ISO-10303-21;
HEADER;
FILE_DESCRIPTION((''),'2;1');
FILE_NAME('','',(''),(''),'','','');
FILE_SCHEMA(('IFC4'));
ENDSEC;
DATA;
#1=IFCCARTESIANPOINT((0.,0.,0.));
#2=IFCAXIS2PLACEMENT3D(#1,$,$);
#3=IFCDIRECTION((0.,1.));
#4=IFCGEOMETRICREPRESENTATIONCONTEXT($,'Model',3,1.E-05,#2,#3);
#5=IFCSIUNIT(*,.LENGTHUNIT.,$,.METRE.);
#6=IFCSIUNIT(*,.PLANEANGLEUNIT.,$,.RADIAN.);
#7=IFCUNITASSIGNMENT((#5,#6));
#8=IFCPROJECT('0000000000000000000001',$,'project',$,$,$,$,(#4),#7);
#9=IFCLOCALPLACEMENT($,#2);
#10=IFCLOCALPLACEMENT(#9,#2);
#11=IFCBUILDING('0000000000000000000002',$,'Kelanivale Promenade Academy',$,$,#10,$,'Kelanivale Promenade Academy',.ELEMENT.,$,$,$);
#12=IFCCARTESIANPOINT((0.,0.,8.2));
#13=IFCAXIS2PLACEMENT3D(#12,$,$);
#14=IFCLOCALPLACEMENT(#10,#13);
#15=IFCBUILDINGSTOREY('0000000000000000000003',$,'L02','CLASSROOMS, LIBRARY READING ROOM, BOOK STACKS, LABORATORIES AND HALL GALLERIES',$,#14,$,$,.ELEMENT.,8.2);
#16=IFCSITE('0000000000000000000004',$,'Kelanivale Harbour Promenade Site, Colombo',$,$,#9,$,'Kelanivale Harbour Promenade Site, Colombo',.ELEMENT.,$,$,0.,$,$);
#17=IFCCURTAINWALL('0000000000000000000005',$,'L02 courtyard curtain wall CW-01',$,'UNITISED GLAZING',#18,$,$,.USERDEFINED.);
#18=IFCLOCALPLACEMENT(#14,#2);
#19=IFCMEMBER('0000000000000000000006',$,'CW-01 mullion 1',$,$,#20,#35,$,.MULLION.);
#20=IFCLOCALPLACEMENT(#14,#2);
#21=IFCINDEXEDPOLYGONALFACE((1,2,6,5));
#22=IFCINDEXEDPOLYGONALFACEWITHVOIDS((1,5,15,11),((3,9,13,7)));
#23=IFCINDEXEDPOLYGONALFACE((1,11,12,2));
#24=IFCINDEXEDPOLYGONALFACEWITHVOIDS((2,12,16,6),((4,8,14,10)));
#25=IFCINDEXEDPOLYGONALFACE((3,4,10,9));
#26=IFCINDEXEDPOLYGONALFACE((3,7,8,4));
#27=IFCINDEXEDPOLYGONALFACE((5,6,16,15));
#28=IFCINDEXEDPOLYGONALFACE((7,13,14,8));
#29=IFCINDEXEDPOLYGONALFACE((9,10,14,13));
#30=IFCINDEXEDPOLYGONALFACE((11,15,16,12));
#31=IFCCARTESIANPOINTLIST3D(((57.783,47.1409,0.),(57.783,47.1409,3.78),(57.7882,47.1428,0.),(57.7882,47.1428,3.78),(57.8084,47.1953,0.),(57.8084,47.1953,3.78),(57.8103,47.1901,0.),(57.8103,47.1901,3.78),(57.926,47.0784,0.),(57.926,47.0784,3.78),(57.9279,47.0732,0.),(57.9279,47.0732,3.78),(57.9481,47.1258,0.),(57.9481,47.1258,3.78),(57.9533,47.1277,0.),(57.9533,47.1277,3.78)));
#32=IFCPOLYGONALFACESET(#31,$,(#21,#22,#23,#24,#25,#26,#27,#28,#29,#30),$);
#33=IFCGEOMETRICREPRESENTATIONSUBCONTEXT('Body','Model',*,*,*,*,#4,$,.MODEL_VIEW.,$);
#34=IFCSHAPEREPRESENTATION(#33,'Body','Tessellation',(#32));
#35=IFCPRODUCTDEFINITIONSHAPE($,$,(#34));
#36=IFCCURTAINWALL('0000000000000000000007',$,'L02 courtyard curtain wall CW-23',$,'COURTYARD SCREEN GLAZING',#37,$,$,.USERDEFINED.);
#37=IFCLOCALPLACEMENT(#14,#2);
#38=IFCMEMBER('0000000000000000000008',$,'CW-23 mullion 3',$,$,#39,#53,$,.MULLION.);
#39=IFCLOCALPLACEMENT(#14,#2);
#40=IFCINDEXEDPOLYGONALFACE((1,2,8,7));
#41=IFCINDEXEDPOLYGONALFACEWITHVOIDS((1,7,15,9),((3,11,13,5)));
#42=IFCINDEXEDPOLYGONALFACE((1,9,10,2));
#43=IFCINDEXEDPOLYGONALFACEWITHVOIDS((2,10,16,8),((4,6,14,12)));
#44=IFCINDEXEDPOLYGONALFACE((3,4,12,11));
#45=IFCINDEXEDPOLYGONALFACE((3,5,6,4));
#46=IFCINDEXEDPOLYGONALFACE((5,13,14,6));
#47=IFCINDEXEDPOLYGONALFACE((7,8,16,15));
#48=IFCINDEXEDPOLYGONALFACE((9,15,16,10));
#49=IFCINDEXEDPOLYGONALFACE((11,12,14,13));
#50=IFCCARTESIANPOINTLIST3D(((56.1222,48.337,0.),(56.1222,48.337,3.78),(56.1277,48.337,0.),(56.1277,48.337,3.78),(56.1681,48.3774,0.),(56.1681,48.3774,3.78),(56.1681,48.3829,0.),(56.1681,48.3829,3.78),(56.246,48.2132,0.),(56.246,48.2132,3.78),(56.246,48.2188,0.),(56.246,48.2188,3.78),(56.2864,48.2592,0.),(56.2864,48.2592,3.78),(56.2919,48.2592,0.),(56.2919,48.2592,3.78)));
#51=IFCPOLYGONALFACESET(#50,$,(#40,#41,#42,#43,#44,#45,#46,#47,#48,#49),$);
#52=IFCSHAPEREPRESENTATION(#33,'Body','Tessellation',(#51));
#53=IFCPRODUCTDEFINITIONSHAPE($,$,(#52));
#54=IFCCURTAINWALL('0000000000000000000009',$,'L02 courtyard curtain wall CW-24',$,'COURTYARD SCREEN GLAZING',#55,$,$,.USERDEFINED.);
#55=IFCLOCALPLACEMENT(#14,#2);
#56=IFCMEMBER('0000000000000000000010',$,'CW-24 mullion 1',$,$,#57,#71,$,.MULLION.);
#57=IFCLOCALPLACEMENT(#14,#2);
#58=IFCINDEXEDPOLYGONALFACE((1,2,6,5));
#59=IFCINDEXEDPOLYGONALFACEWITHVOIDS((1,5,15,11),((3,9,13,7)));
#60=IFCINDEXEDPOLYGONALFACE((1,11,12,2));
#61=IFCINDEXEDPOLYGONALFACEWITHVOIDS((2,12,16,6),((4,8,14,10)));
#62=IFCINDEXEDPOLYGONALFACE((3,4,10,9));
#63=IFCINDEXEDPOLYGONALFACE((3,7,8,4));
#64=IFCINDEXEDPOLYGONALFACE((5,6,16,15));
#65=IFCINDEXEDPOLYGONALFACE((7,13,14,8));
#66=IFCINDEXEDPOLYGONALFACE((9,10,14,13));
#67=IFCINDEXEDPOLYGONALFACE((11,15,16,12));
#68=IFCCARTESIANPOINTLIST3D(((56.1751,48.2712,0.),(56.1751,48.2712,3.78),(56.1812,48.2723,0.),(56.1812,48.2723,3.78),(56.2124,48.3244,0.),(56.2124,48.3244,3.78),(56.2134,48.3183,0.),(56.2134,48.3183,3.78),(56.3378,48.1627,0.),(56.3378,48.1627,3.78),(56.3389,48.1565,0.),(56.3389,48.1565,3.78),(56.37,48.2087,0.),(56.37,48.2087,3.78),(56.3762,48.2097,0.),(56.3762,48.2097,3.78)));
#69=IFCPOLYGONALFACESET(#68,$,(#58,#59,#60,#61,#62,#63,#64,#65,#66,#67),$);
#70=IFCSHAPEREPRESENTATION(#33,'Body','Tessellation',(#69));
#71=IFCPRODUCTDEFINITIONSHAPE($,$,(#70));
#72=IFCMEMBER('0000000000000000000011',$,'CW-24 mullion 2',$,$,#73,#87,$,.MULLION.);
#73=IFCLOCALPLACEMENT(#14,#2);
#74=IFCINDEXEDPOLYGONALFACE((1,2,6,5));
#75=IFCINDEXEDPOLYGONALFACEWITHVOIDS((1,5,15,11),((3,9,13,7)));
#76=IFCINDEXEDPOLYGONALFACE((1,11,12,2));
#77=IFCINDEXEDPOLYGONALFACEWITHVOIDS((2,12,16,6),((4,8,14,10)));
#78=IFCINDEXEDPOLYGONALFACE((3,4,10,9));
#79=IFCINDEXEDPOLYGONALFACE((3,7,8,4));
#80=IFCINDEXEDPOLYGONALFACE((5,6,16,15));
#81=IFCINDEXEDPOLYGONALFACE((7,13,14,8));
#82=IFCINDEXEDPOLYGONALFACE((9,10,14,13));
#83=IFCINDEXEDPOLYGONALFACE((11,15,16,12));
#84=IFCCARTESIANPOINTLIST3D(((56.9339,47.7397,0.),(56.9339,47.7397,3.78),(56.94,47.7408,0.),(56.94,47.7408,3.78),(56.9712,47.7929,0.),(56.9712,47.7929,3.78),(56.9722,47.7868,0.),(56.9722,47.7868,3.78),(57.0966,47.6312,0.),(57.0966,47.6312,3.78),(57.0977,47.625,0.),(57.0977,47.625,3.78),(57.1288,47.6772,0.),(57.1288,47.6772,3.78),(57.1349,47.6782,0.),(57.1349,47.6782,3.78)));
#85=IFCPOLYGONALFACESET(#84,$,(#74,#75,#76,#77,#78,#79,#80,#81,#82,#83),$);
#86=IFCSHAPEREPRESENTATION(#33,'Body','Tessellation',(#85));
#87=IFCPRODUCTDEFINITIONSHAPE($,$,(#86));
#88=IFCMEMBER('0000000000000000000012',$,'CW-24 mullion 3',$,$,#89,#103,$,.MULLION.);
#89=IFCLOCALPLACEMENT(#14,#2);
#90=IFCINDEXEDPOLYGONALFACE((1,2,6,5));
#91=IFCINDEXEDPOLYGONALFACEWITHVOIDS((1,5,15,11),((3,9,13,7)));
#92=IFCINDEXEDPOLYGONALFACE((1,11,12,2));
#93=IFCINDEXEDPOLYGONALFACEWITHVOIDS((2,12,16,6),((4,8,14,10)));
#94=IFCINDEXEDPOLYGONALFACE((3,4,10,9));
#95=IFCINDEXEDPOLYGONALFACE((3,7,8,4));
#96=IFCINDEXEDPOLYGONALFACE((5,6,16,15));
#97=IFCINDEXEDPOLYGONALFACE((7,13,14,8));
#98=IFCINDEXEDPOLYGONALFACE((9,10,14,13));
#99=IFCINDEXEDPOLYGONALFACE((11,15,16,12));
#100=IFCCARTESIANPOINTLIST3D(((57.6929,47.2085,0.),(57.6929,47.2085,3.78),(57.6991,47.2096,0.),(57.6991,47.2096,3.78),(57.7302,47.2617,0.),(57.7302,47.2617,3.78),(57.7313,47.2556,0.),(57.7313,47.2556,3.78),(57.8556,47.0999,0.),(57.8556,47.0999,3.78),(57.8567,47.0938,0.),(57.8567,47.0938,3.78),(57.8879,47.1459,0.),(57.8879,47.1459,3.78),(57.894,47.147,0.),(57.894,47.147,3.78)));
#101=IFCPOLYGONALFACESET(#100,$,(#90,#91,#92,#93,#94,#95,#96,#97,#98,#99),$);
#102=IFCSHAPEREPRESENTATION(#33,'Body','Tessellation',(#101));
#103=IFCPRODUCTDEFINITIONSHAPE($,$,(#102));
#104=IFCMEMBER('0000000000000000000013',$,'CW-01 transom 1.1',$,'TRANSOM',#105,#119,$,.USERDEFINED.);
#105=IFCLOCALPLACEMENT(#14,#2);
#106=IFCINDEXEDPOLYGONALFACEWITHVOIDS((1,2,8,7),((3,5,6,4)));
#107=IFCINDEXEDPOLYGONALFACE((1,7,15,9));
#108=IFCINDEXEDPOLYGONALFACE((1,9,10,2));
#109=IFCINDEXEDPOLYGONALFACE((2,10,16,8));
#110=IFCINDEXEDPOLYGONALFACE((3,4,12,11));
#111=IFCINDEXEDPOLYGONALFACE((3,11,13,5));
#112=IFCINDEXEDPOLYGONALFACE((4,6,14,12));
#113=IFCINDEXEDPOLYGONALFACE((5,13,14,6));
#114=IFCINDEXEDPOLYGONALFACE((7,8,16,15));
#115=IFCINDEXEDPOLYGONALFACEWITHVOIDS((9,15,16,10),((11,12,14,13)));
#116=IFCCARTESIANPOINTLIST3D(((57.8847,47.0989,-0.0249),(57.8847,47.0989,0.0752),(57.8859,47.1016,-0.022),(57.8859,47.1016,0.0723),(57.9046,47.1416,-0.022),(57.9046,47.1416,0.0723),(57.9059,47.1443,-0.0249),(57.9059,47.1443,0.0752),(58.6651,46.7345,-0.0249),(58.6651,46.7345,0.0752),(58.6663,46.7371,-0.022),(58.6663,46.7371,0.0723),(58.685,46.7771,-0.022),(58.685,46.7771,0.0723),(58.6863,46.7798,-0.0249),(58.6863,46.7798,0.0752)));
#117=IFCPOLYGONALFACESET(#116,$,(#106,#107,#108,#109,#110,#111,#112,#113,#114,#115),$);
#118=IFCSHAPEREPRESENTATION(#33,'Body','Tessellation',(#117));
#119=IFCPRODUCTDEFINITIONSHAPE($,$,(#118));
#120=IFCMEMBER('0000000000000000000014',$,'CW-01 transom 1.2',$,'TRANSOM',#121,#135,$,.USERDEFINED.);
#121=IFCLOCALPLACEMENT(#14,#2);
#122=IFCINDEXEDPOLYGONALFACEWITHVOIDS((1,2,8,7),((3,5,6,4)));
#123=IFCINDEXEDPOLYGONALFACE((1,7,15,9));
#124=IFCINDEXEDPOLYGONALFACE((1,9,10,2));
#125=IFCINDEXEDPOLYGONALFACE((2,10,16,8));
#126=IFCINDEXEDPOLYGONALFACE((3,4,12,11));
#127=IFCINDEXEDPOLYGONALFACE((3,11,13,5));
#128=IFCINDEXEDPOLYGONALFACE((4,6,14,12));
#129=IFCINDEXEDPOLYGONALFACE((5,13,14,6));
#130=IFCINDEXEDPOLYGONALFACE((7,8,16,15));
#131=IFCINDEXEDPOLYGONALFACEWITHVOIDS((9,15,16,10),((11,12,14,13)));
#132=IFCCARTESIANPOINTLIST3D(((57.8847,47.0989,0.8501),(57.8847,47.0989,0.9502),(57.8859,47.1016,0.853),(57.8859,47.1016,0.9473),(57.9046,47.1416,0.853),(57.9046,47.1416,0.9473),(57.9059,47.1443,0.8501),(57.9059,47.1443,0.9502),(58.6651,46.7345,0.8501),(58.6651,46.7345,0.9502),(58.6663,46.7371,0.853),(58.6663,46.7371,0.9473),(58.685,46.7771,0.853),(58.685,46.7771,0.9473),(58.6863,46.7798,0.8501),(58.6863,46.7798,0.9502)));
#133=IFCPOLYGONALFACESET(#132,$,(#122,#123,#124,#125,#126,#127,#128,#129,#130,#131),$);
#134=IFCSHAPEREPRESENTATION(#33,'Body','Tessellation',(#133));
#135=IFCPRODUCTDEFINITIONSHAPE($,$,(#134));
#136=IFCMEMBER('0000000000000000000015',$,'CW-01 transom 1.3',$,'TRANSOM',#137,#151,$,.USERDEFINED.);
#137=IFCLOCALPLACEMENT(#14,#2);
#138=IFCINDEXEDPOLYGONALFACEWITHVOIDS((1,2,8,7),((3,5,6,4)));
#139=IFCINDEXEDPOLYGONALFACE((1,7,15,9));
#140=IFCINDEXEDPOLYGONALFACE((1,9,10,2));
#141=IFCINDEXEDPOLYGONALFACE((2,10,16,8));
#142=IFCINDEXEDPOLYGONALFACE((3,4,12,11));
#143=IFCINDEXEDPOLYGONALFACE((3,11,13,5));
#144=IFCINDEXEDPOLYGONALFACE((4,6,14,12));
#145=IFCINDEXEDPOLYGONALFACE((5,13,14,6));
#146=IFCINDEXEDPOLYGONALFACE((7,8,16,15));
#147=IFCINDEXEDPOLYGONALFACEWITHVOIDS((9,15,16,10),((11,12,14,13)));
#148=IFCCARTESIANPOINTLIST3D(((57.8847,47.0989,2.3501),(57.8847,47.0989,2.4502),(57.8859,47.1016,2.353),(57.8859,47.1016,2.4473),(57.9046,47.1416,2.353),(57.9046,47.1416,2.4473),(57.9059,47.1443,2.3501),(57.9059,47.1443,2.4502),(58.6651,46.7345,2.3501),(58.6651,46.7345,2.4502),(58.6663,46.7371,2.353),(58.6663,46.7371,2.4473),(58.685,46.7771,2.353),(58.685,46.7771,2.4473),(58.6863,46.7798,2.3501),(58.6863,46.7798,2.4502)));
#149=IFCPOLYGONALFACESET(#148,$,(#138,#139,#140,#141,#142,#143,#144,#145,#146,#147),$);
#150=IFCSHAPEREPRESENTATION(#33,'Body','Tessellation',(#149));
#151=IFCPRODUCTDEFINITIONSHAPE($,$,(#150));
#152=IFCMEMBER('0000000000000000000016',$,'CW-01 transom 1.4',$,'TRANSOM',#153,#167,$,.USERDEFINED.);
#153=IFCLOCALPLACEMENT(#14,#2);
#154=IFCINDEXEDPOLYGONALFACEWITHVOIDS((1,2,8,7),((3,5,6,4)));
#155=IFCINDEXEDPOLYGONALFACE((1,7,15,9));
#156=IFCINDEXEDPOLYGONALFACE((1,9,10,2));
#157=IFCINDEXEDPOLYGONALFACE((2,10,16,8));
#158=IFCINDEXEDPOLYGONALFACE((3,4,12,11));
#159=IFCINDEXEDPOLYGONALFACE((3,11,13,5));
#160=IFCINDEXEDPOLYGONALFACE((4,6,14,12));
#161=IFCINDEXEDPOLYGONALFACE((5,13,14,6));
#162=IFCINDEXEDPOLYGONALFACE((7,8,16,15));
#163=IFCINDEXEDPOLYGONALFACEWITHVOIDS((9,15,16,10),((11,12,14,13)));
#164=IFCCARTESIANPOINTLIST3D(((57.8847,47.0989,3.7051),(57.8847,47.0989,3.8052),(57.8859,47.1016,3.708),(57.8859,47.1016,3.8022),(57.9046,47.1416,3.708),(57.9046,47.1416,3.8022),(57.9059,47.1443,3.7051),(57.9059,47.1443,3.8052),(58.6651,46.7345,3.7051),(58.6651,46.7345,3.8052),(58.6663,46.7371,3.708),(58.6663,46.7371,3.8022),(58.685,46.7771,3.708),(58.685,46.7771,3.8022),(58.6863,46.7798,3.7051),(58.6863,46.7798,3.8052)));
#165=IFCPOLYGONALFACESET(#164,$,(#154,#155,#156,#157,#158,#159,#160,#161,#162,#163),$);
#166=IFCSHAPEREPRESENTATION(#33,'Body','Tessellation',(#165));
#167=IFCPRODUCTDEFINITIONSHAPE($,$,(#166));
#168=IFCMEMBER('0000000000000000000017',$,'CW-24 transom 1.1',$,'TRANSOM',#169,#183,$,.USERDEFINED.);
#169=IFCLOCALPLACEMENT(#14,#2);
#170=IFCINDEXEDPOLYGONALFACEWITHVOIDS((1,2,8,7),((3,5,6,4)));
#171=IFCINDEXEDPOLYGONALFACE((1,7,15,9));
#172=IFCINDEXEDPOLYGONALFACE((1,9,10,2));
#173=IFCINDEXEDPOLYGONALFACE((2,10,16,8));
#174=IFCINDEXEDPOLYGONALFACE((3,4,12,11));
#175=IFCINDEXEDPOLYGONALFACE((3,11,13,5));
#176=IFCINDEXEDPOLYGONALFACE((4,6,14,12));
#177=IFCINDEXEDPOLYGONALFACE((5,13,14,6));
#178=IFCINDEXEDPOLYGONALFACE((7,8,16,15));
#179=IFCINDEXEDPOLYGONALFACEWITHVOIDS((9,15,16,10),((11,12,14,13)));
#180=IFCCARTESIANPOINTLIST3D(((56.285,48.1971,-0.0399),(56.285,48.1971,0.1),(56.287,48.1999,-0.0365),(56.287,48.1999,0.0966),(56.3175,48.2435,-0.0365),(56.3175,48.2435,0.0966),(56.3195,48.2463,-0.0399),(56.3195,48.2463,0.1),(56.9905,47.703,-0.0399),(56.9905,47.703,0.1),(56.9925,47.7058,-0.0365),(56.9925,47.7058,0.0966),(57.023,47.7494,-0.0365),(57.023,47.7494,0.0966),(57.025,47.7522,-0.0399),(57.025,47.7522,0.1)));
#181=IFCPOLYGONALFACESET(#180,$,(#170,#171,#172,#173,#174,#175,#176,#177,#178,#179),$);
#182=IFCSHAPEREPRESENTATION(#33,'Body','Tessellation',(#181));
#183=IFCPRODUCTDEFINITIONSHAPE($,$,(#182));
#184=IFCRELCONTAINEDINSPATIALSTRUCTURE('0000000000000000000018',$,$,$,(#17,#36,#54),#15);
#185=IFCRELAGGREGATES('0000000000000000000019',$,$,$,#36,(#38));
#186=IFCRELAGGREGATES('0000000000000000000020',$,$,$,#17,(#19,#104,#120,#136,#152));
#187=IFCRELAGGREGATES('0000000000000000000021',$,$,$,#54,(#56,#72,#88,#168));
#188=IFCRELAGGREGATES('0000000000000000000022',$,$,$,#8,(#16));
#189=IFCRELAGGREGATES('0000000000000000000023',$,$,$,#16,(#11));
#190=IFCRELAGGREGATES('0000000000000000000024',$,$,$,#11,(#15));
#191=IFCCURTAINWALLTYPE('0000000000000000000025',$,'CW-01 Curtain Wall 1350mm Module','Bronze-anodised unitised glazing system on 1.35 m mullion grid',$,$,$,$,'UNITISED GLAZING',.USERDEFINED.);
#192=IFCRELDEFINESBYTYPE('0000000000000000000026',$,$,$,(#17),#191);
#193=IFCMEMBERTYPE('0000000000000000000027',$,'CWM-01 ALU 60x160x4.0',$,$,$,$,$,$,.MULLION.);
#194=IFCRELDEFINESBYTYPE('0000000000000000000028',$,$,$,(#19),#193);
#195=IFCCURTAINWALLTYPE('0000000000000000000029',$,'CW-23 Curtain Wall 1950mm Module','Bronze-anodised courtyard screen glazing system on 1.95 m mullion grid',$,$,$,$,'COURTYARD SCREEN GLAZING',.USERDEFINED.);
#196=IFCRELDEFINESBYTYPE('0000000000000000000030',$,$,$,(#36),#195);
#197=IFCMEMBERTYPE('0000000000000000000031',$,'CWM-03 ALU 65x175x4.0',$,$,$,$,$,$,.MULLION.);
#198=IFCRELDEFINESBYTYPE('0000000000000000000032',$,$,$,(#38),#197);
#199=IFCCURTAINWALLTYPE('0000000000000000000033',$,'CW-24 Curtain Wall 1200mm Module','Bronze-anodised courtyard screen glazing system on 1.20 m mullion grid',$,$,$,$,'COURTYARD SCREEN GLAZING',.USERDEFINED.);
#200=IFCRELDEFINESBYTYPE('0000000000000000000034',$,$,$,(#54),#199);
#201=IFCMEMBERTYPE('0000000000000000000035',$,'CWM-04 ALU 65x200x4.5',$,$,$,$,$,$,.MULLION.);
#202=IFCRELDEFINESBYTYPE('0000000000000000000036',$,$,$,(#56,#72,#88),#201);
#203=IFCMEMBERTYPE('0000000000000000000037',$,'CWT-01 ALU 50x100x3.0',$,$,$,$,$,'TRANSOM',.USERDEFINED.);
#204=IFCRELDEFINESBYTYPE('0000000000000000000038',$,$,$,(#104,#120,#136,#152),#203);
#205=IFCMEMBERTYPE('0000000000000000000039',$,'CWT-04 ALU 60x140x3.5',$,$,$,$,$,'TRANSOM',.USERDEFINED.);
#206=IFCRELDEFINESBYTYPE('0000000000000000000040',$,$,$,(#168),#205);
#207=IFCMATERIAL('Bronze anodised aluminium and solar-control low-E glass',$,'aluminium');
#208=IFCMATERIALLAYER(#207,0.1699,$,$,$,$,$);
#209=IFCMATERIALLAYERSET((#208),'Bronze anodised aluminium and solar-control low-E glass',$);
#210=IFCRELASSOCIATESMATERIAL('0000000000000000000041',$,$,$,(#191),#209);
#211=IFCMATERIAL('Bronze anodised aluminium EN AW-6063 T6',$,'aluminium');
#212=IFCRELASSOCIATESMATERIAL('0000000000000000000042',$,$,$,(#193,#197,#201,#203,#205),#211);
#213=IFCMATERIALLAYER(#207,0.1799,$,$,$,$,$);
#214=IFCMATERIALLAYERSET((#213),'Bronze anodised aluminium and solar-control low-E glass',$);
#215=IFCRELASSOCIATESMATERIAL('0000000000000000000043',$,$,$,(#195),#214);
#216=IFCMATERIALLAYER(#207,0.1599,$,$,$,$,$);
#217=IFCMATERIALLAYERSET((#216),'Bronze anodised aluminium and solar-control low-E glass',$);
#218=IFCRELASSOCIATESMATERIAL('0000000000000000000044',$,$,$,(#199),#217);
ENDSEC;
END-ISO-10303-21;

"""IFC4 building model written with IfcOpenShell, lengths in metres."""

from ifc_helpers import new_model, si_unit, direction, frame, origin, origin_2d, place, context, subcontext, project, spatial, hollow_rectangle, extrude, material, layer, layer_set, material_profile, profile_set, type_object, element, aggregate, save


model = new_model("IFC4")

# Units and contexts
model_context = context("Model", 3, precision=1e-05, world=origin(), true_north=direction((0.0, 1.0)))
body_context = subcontext(model_context, "Body", "Model", "MODEL_VIEW")
ifc_project = project(units=[si_unit("LENGTHUNIT", "METRE"), si_unit("PLANEANGLEUNIT", "RADIAN")], contexts=[model_context])

# Site, building, storey
site_placement = place(None, origin())
site = spatial("IfcSite", under=ifc_project, at=site_placement, Name="Kelanivale Harbour Promenade Site, Colombo", LongName="Kelanivale Harbour Promenade Site, Colombo", CompositionType="ELEMENT", RefElevation=0.0)
building_placement = place(site_placement, origin())
building = spatial("IfcBuilding", under=site, at=building_placement, Name="Kelanivale Promenade Academy", LongName="Kelanivale Promenade Academy", CompositionType="ELEMENT")
storey_placement = place(building_placement, frame((0.0, 0.0, 8.2)))
storey = spatial("IfcBuildingStorey", under=building, at=storey_placement, Name="L02", Description="CLASSROOMS, LIBRARY READING ROOM, BOOK STACKS, LABORATORIES AND HALL GALLERIES", CompositionType="ELEMENT", Elevation=8.2)

# Curtain walls, members
ifc_material_1 = material(Name="Bronze anodised aluminium and solar-control low-E glass", Category="aluminium")
ifc_layer_1 = layer(ifc_material_1, 0.1699)
ifc_layer_set_1 = layer_set([ifc_layer_1], Name="Bronze anodised aluminium and solar-control low-E glass")
curtain_wall_type_1 = type_object("IfcCurtainWallType", Name="CW-01 Curtain Wall 1350mm Module", Description="Bronze-anodised unitised glazing system on 1.35 m mullion grid", ElementType="UNITISED GLAZING", PredefinedType="USERDEFINED", material=ifc_layer_set_1)
curtain_wall_1_placement = place(storey_placement, origin())
curtain_wall_1 = element("IfcCurtainWall", 1, at=curtain_wall_1_placement, inside=storey, type_object=curtain_wall_type_1, Name="L02 courtyard curtain wall CW-01", ObjectType="UNITISED GLAZING", PredefinedType="USERDEFINED")
ifc_material_2 = material(Name="Bronze anodised aluminium EN AW-6063 T6", Category="aluminium")
ifc_material_profile_1 = material_profile(ifc_material_2, hollow_rectangle(XDim=0.0601, YDim=0.1599, WallThickness=0.0039, at=origin_2d()), Name="ALU 60x160x4.0")
ifc_profile_set_1 = profile_set([ifc_material_profile_1], Name="Bronze anodised aluminium EN AW-6063 T6")
member_type_1 = type_object("IfcMemberType", Name="CWM-01 ALU 60x160x4.0", PredefinedType="MULLION", material=ifc_profile_set_1)
member_1_placement = place(storey_placement, frame((57.8682, 47.1343, 0.0), z_axis=(0.0, 0.0, 1.0), x_axis=(0.423087, 0.906089, 0.0)))
member_1 = element("IfcMember", 2, at=member_1_placement, type_object=member_type_1, Name="CW-01 mullion 1", PredefinedType="MULLION", context=body_context, shape_type="SweptSolid", body=[
    extrude(hollow_rectangle(XDim=0.0601, YDim=0.1599, WallThickness=0.0039, at=origin_2d()), origin(), (0.0, 0.0, 1.0), 3.78),
])
ifc_layer_2 = layer(ifc_material_1, 0.1799)
ifc_layer_set_2 = layer_set([ifc_layer_2], Name="Bronze anodised aluminium and solar-control low-E glass")
curtain_wall_type_2 = type_object("IfcCurtainWallType", Name="CW-23 Curtain Wall 1950mm Module", Description="Bronze-anodised courtyard screen glazing system on 1.95 m mullion grid", ElementType="COURTYARD SCREEN GLAZING", PredefinedType="USERDEFINED", material=ifc_layer_set_2)
curtain_wall_2_placement = place(storey_placement, origin())
curtain_wall_2 = element("IfcCurtainWall", 3, at=curtain_wall_2_placement, inside=storey, type_object=curtain_wall_type_2, Name="L02 courtyard curtain wall CW-23", ObjectType="COURTYARD SCREEN GLAZING", PredefinedType="USERDEFINED")
ifc_material_profile_2 = material_profile(ifc_material_2, hollow_rectangle(XDim=0.0649, YDim=0.175, WallThickness=0.0039, at=origin_2d()), Name="ALU 65x175x4.0")
ifc_profile_set_2 = profile_set([ifc_material_profile_2], Name="Bronze anodised aluminium EN AW-6063 T6")
member_type_2 = type_object("IfcMemberType", Name="CWM-03 ALU 65x175x4.0", PredefinedType="MULLION", material=ifc_profile_set_2)
member_2_placement = place(storey_placement, frame((56.207, 48.2981, 0.0), z_axis=(0.0, 0.0, 1.0), x_axis=(0.707107, 0.707107, 0.0)))
member_2 = element("IfcMember", 4, at=member_2_placement, type_object=member_type_2, Name="CW-23 mullion 3", PredefinedType="MULLION", context=body_context, shape_type="SweptSolid", body=[
    extrude(hollow_rectangle(XDim=0.0649, YDim=0.175, WallThickness=0.0039, at=origin_2d()), origin(), (0.0, 0.0, 1.0), 3.78),
])
aggregate(curtain_wall_2, [member_2])

# Curtain wall, members
ifc_layer_3 = layer(ifc_material_1, 0.1599)
ifc_layer_set_3 = layer_set([ifc_layer_3], Name="Bronze anodised aluminium and solar-control low-E glass")
curtain_wall_type_3 = type_object("IfcCurtainWallType", Name="CW-24 Curtain Wall 1200mm Module", Description="Bronze-anodised courtyard screen glazing system on 1.20 m mullion grid", ElementType="COURTYARD SCREEN GLAZING", PredefinedType="USERDEFINED", material=ifc_layer_set_3)
curtain_wall_3_placement = place(storey_placement, origin())
curtain_wall_3 = element("IfcCurtainWall", 5, at=curtain_wall_3_placement, inside=storey, type_object=curtain_wall_type_3, Name="L02 courtyard curtain wall CW-24", ObjectType="COURTYARD SCREEN GLAZING", PredefinedType="USERDEFINED")
ifc_material_profile_3 = material_profile(ifc_material_2, hollow_rectangle(XDim=0.0649, YDim=0.2, WallThickness=0.0044, at=origin_2d()), Name="ALU 65x200x4.5")
ifc_profile_set_3 = profile_set([ifc_material_profile_3], Name="Bronze anodised aluminium EN AW-6063 T6")
member_type_3 = type_object("IfcMemberType", Name="CWM-04 ALU 65x200x4.5", PredefinedType="MULLION", material=ifc_profile_set_3)
member_3_placement = place(storey_placement, frame((56.2756, 48.2405, 0.0), z_axis=(0.0, 0.0, 1.0), x_axis=(0.573567, 0.819158, 0.0)))
member_3 = element("IfcMember", 6, at=member_3_placement, type_object=member_type_3, Name="CW-24 mullion 1", PredefinedType="MULLION", context=body_context, shape_type="SweptSolid", body=[
    extrude(hollow_rectangle(XDim=0.0649, YDim=0.2, WallThickness=0.0044, at=origin_2d()), origin(), (0.0, 0.0, 1.0), 3.78),
])
member_4_placement = place(storey_placement, frame((57.0344, 47.709, 0.0), z_axis=(0.0, 0.0, 1.0), x_axis=(0.573567, 0.819158, 0.0)))
member_4 = element("IfcMember", 7, at=member_4_placement, type_object=member_type_3, Name="CW-24 mullion 2", PredefinedType="MULLION", context=body_context, shape_type="SweptSolid", body=[
    extrude(hollow_rectangle(XDim=0.0649, YDim=0.2, WallThickness=0.0044, at=origin_2d()), origin(), (0.0, 0.0, 1.0), 3.78),
])
member_5_placement = place(storey_placement, frame((57.7935, 47.1777, 0.0), z_axis=(0.0, 0.0, 1.0), x_axis=(0.573567, 0.819158, 0.0)))
member_5 = element("IfcMember", 8, at=member_5_placement, type_object=member_type_3, Name="CW-24 mullion 3", PredefinedType="MULLION", context=body_context, shape_type="SweptSolid", body=[
    extrude(hollow_rectangle(XDim=0.0649, YDim=0.2, WallThickness=0.0044, at=origin_2d()), origin(), (0.0, 0.0, 1.0), 3.78),
])

# Members
ifc_material_profile_4 = material_profile(ifc_material_2, hollow_rectangle(XDim=0.05, YDim=0.1001, WallThickness=0.0029, at=origin_2d()), Name="ALU 50x100x3.0")
ifc_profile_set_4 = profile_set([ifc_material_profile_4], Name="Bronze anodised aluminium EN AW-6063 T6")
member_type_4 = type_object("IfcMemberType", Name="CWT-01 ALU 50x100x3.0", ElementType="TRANSOM", PredefinedType="USERDEFINED", material=ifc_profile_set_4)
member_6_placement = place(storey_placement, frame((57.8953, 47.1216, 0.0251), z_axis=(0.906067, -0.423134, 0.0), x_axis=(0.423134, 0.906067, 0.0)))
member_6 = element("IfcMember", 9, at=member_6_placement, type_object=member_type_4, Name="CW-01 transom 1.1", ObjectType="TRANSOM", PredefinedType="USERDEFINED", context=body_context, shape_type="SweptSolid", body=[
    extrude(hollow_rectangle(XDim=0.05, YDim=0.1001, WallThickness=0.0029, at=origin_2d()), origin(), (0.0, 0.0, 1.0), 0.8613),
])
member_7_placement = place(storey_placement, frame((57.8953, 47.1216, 0.9001), z_axis=(0.906067, -0.423134, 0.0), x_axis=(0.423134, 0.906067, 0.0)))
member_7 = element("IfcMember", 10, at=member_7_placement, type_object=member_type_4, Name="CW-01 transom 1.2", ObjectType="TRANSOM", PredefinedType="USERDEFINED", context=body_context, shape_type="SweptSolid", body=[
    extrude(hollow_rectangle(XDim=0.05, YDim=0.1001, WallThickness=0.0029, at=origin_2d()), origin(), (0.0, 0.0, 1.0), 0.8613),
])
member_8_placement = place(storey_placement, frame((57.8953, 47.1216, 2.4001), z_axis=(0.906067, -0.423134, 0.0), x_axis=(0.423134, 0.906067, 0.0)))
member_8 = element("IfcMember", 11, at=member_8_placement, type_object=member_type_4, Name="CW-01 transom 1.3", ObjectType="TRANSOM", PredefinedType="USERDEFINED", context=body_context, shape_type="SweptSolid", body=[
    extrude(hollow_rectangle(XDim=0.05, YDim=0.1001, WallThickness=0.0029, at=origin_2d()), origin(), (0.0, 0.0, 1.0), 0.8613),
])
member_9_placement = place(storey_placement, frame((57.8953, 47.1216, 3.7551), z_axis=(0.906067, -0.423134, 0.0), x_axis=(0.423134, 0.906067, 0.0)))
member_9 = element("IfcMember", 12, at=member_9_placement, type_object=member_type_4, Name="CW-01 transom 1.4", ObjectType="TRANSOM", PredefinedType="USERDEFINED", context=body_context, shape_type="SweptSolid", body=[
    extrude(hollow_rectangle(XDim=0.05, YDim=0.1001, WallThickness=0.0029, at=origin_2d()), origin(), (0.0, 0.0, 1.0), 0.8613),
])
ifc_material_profile_5 = material_profile(ifc_material_2, hollow_rectangle(XDim=0.0601, YDim=0.1399, WallThickness=0.0034, at=origin_2d()), Name="ALU 60x140x3.5")
ifc_profile_set_5 = profile_set([ifc_material_profile_5], Name="Bronze anodised aluminium EN AW-6063 T6")
member_type_5 = type_object("IfcMemberType", Name="CWT-04 ALU 60x140x3.5", ElementType="TRANSOM", PredefinedType="USERDEFINED", material=ifc_profile_set_5)
member_10_placement = place(storey_placement, frame((56.3022, 48.2217, 0.03), z_axis=(0.819099, -0.573653, 0.0), x_axis=(0.573653, 0.819099, 0.0)))
member_10 = element("IfcMember", 13, at=member_10_placement, type_object=member_type_5, Name="CW-24 transom 1.1", ObjectType="TRANSOM", PredefinedType="USERDEFINED", context=body_context, shape_type="SweptSolid", body=[
    extrude(hollow_rectangle(XDim=0.0601, YDim=0.1399, WallThickness=0.0034, at=origin_2d()), origin(), (0.0, 0.0, 1.0), 0.8613),
])

aggregate(curtain_wall_1, [member_1, member_6, member_7, member_8, member_9])
aggregate(curtain_wall_3, [member_3, member_4, member_5, member_10])

save(model, "model.ifc")
